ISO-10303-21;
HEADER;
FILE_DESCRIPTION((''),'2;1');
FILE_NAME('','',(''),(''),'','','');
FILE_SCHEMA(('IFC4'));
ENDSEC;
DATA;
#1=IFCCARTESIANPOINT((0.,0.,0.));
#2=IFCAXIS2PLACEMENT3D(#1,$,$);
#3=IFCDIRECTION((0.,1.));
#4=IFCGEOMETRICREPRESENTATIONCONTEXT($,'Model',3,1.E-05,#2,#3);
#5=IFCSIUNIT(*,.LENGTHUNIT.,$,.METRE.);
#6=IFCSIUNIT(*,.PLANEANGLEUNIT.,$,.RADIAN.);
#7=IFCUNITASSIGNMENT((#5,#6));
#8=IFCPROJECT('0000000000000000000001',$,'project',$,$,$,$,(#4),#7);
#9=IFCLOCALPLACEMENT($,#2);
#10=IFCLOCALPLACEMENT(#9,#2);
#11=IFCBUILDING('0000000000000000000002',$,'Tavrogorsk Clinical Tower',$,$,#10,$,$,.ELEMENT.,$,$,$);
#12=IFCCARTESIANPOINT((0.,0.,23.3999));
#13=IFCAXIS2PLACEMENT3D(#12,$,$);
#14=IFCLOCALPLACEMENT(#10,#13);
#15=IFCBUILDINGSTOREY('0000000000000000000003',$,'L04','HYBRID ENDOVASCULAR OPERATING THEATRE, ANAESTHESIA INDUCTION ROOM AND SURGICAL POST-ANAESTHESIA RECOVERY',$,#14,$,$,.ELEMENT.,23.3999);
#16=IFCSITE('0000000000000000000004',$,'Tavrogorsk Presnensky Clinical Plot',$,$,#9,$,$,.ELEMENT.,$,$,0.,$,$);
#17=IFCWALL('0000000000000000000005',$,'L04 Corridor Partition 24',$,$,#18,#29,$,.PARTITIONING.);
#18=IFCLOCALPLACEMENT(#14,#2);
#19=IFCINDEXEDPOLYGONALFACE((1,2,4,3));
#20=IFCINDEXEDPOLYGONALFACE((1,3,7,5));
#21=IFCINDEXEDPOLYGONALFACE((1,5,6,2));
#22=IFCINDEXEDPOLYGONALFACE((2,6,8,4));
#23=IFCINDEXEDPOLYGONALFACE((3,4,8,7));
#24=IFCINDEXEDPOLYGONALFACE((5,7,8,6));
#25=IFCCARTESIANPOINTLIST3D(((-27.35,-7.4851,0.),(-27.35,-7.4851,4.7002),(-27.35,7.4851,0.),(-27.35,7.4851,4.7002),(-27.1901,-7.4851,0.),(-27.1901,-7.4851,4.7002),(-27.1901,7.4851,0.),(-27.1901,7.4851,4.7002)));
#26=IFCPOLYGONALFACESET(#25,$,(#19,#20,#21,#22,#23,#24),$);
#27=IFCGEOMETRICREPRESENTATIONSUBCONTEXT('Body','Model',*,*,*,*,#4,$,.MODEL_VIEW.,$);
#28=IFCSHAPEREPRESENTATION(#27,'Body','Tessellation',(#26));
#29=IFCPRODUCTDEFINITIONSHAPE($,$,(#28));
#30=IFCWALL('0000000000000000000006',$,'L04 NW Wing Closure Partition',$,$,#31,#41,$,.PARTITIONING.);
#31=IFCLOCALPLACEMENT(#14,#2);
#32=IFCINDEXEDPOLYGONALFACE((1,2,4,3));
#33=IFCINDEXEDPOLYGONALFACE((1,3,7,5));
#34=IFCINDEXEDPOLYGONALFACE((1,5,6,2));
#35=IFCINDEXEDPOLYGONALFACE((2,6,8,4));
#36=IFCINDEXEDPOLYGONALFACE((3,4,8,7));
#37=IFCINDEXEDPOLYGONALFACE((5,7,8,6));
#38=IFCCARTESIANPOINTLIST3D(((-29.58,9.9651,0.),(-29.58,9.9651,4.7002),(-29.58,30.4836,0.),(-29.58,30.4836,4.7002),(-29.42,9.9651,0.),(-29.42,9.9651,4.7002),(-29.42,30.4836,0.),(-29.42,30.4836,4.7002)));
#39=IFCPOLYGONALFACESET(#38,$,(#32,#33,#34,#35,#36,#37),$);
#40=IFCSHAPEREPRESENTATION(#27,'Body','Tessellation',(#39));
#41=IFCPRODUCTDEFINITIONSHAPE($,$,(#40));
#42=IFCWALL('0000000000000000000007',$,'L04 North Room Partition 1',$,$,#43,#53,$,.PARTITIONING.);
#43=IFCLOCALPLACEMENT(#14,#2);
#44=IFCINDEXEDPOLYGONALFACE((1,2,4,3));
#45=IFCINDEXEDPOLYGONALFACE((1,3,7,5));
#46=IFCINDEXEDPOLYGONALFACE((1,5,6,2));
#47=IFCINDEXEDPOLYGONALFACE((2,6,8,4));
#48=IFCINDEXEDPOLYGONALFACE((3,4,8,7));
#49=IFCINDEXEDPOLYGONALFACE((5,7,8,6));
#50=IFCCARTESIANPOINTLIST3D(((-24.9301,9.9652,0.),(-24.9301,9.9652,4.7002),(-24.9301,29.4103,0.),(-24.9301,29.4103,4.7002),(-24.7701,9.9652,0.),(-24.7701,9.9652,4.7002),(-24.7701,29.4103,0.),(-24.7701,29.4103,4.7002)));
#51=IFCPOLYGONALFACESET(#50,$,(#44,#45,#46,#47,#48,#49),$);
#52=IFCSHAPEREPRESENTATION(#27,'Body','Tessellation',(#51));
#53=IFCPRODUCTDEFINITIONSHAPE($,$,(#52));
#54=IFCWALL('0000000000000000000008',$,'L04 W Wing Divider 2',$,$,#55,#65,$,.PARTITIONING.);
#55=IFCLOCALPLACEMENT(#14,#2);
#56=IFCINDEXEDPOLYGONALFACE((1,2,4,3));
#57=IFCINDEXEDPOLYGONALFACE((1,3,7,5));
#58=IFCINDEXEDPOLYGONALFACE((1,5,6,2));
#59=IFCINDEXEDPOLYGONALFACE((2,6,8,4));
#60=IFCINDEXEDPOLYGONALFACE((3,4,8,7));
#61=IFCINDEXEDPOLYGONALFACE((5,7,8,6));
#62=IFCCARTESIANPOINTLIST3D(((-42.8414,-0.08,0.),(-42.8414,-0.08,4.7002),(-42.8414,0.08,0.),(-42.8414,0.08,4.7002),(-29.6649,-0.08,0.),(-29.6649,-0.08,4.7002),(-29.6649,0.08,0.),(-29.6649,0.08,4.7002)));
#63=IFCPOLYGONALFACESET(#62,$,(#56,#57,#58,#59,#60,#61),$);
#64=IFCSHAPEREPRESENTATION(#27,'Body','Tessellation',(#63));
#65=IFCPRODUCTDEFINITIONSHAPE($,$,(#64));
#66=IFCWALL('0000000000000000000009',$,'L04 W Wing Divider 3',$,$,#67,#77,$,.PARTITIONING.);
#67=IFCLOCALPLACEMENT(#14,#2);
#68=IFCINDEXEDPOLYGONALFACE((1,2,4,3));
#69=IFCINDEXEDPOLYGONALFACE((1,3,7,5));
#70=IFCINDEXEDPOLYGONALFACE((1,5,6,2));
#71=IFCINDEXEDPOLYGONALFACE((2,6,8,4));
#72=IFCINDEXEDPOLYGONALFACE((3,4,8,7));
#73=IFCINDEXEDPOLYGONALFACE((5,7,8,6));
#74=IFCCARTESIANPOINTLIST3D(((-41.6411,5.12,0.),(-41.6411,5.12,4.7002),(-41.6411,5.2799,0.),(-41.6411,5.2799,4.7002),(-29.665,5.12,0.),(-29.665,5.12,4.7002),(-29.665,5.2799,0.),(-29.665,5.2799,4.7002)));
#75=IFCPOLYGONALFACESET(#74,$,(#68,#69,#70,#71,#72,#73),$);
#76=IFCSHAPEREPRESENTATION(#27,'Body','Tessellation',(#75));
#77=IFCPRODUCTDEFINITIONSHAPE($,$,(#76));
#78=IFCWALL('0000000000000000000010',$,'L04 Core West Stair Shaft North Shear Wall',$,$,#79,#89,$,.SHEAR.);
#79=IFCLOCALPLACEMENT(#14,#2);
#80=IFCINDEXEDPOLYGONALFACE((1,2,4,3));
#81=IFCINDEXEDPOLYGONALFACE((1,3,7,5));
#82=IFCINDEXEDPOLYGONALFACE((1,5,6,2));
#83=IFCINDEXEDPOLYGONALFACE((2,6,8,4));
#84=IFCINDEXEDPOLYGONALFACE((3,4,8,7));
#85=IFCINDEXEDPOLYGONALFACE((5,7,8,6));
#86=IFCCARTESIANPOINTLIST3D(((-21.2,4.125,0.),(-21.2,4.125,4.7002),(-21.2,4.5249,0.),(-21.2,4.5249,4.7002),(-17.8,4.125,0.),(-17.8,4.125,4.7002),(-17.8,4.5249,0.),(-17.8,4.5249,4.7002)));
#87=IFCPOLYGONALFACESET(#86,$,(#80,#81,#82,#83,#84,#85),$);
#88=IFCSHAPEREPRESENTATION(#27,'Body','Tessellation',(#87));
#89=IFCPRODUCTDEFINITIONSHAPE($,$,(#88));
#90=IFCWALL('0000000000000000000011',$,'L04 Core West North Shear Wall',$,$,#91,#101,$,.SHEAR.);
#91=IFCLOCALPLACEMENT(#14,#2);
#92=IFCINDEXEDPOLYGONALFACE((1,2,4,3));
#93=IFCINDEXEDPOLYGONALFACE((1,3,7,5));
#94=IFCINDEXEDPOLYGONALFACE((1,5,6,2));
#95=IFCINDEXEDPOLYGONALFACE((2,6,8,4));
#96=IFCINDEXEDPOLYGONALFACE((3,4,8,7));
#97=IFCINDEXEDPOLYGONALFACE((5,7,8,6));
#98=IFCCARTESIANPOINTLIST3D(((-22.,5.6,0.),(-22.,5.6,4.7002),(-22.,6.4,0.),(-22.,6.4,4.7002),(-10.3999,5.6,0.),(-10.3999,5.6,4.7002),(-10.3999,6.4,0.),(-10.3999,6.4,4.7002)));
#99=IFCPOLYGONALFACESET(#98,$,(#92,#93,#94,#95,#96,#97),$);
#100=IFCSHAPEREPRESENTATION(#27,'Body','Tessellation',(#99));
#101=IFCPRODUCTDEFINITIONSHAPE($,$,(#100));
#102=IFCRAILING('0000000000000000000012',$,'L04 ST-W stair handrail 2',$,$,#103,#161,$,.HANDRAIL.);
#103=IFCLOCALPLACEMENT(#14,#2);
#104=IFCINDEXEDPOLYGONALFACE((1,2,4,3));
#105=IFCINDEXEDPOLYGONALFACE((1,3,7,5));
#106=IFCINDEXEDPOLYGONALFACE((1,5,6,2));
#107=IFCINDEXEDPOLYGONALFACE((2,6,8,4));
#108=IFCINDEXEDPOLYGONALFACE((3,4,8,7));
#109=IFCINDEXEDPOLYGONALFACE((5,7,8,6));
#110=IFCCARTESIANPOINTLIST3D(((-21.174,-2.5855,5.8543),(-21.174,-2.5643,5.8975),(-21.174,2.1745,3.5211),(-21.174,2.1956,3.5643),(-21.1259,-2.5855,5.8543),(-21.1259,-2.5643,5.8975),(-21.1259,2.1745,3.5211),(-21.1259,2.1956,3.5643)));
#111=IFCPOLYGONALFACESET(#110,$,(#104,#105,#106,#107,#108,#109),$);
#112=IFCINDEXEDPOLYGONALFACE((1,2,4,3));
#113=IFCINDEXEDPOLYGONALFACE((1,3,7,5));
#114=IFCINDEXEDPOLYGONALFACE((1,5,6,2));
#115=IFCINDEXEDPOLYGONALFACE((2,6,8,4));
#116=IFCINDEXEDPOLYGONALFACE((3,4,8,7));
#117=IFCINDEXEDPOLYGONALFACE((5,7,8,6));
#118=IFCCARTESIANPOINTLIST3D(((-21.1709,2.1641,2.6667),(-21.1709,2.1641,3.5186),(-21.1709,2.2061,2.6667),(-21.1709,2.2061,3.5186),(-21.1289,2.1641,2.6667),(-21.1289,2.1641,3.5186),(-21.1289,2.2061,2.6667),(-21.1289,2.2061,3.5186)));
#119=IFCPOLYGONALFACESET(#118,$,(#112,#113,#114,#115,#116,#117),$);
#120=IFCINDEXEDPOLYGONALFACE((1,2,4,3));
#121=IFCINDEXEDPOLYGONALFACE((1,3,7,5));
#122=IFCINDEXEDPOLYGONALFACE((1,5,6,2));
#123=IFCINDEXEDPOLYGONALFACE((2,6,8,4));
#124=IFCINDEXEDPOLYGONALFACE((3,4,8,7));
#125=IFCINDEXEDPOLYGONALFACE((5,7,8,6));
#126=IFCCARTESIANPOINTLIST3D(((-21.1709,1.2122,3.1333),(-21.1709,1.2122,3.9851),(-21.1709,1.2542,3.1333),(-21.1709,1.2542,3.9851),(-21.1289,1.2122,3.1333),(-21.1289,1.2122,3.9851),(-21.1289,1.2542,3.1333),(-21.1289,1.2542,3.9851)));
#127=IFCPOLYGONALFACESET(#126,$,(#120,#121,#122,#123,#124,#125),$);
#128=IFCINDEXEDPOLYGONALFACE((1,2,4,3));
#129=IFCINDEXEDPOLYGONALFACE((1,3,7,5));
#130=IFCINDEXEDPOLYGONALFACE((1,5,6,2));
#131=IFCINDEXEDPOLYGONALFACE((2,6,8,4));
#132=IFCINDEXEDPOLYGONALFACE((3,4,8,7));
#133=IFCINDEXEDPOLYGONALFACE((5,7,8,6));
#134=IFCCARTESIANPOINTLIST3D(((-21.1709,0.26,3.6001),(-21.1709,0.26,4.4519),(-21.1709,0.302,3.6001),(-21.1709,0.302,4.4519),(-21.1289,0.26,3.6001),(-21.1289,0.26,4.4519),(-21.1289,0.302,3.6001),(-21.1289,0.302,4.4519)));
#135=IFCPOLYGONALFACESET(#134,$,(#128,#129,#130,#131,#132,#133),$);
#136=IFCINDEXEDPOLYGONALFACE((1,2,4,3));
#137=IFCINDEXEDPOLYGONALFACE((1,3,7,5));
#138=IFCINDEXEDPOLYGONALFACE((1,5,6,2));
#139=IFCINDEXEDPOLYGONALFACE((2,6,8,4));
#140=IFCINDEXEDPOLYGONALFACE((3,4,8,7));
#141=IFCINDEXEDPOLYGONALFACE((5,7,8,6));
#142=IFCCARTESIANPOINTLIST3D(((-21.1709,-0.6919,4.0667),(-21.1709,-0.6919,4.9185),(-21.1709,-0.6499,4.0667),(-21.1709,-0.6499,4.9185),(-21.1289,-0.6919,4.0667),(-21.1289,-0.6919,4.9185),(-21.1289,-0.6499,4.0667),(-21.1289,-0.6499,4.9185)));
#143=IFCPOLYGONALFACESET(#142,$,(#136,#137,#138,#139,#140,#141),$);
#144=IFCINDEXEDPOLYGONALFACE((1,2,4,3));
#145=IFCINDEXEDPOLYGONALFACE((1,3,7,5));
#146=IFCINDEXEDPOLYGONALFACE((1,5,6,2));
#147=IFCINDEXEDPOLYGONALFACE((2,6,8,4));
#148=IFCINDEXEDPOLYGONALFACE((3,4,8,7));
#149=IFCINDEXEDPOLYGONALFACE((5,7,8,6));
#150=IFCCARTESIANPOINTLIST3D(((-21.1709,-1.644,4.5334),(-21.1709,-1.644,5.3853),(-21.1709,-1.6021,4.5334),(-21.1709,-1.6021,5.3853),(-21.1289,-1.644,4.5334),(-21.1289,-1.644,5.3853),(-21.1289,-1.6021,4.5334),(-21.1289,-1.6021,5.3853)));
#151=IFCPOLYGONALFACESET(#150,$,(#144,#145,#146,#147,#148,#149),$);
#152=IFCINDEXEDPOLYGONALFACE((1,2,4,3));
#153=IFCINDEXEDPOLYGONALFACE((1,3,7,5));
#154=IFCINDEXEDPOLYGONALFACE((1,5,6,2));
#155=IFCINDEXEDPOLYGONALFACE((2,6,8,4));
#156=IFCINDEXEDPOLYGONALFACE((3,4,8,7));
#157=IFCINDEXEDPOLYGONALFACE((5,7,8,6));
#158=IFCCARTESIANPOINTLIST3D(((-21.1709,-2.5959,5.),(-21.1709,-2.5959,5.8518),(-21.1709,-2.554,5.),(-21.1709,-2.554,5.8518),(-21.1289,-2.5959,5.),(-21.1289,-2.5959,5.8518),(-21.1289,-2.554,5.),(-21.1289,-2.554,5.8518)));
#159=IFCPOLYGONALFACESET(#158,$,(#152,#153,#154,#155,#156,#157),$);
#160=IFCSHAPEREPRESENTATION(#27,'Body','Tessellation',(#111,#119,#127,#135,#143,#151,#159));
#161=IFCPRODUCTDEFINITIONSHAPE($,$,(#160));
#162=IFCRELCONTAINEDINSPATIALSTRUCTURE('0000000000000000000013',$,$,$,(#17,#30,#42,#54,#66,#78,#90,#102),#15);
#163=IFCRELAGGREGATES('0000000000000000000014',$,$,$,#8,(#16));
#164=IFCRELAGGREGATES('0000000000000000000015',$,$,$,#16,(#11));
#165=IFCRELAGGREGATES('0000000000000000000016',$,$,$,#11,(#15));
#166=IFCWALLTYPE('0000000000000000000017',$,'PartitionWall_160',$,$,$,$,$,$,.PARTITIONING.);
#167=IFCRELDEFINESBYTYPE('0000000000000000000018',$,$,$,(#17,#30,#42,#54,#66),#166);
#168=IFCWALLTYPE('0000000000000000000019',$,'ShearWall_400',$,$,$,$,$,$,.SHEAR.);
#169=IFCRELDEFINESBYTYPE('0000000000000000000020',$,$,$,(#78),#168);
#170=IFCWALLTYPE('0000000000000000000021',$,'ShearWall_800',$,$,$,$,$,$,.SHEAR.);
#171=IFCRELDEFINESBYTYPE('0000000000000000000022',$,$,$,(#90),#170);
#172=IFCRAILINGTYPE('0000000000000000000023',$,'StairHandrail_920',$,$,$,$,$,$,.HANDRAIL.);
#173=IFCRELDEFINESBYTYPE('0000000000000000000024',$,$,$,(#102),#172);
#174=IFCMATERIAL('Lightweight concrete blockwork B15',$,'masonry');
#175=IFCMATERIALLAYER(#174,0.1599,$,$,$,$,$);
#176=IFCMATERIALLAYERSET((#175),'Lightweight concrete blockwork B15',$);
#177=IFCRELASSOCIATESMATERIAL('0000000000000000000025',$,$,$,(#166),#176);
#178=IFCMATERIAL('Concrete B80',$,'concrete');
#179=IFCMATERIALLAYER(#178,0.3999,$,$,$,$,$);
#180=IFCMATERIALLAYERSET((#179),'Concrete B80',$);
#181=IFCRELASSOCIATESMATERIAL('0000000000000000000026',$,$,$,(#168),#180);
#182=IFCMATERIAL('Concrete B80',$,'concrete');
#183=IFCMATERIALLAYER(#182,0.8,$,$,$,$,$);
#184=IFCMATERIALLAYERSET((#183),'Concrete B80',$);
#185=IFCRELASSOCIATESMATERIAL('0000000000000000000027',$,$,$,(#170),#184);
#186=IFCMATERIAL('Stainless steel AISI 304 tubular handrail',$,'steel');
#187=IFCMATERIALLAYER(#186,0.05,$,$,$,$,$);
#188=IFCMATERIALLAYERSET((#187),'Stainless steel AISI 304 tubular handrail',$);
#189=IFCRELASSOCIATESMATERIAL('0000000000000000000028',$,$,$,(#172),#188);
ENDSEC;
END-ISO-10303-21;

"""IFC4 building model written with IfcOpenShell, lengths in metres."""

from ifc_helpers import new_model, si_unit, direction, frame, frame_2d, origin, origin_2d, place, context, subcontext, project, spatial, rectangle, extrude, material, layer, layer_set, type_object, element, save


model = new_model("IFC4")

# Units and contexts
model_context = context("Model", 3, precision=1e-05, world=origin(), true_north=direction((0.0, 1.0)))
body_context = subcontext(model_context, "Body", "Model", "MODEL_VIEW")
ifc_project = project(units=[si_unit("LENGTHUNIT", "METRE"), si_unit("PLANEANGLEUNIT", "RADIAN")], contexts=[model_context])

# Site, building, storey
site_placement = place(None, origin())
site = spatial("IfcSite", under=ifc_project, at=site_placement, Name="Tavrogorsk Presnensky Clinical Plot", CompositionType="ELEMENT", RefElevation=0.0)
building_placement = place(site_placement, origin())
building = spatial("IfcBuilding", under=site, at=building_placement, Name="Tavrogorsk Clinical Tower", CompositionType="ELEMENT")
storey_placement = place(building_placement, frame((0.0, 0.0, 23.3999)))
storey = spatial("IfcBuildingStorey", under=building, at=storey_placement, Name="L04", Description="HYBRID ENDOVASCULAR OPERATING THEATRE, ANAESTHESIA INDUCTION ROOM AND SURGICAL POST-ANAESTHESIA RECOVERY", CompositionType="ELEMENT", Elevation=23.3999)

# Shared definitions
ifc_material_1 = material(Name="Lightweight concrete blockwork B15", Category="masonry")
ifc_layer_1 = layer(ifc_material_1, 0.1599)
ifc_layer_set_1 = layer_set([ifc_layer_1], Name="Lightweight concrete blockwork B15")
wall_type_1 = type_object("IfcWallType", Name="PartitionWall_160", PredefinedType="PARTITIONING", material=ifc_layer_set_1)

# Walls
wall_1_placement = place(storey_placement, frame((-27.27, 7.4851, 0.0), z_axis=(0.0, 0.0, 1.0), x_axis=(0.0, -1.0, 0.0)))
element("IfcWall", 1, at=wall_1_placement, inside=storey, type_object=wall_type_1, Name="L04 Corridor Partition 24", PredefinedType="PARTITIONING", context=body_context, shape_type="SweptSolid", body=[
    extrude(rectangle(XDim=14.9702, YDim=0.1599, at=frame_2d((7.4851, 0.0))), origin(), (0.0, 0.0, 1.0), 4.7002),
])
wall_2_placement = place(storey_placement, frame((-29.5, 9.9651, 0.0), z_axis=(0.0, 0.0, 1.0), x_axis=(0.0, 1.0, 0.0)))
element("IfcWall", 2, at=wall_2_placement, inside=storey, type_object=wall_type_1, Name="L04 NW Wing Closure Partition", PredefinedType="PARTITIONING", context=body_context, shape_type="SweptSolid", body=[
    extrude(rectangle(XDim=20.5186, YDim=0.1599, at=frame_2d((10.2593, 0.0))), origin(), (0.0, 0.0, 1.0), 4.7002),
])
wall_3_placement = place(storey_placement, frame((-24.8501, 9.9651, 0.0), z_axis=(0.0, 0.0, 1.0), x_axis=(0.0, 1.0, 0.0)))
element("IfcWall", 3, at=wall_3_placement, inside=storey, type_object=wall_type_1, Name="L04 North Room Partition 1", PredefinedType="PARTITIONING", context=body_context, shape_type="SweptSolid", body=[
    extrude(rectangle(XDim=19.4451, YDim=0.1599, at=frame_2d((9.7227, 0.0))), origin(), (0.0, 0.0, 1.0), 4.7002),
])
wall_4_placement = place(storey_placement, frame((-42.8416, 0.0, 0.0), z_axis=(0.0, 0.0, 1.0), x_axis=(1.0, 0.0, 0.0)))
element("IfcWall", 4, at=wall_4_placement, inside=storey, type_object=wall_type_1, Name="L04 W Wing Divider 2", PredefinedType="PARTITIONING", context=body_context, shape_type="SweptSolid", body=[
    extrude(rectangle(XDim=13.1765, YDim=0.1599, at=frame_2d((6.5884, 0.0))), origin(), (0.0, 0.0, 1.0), 4.7002),
])
wall_5_placement = place(storey_placement, frame((-41.6411, 5.2, 0.0), z_axis=(0.0, 0.0, 1.0), x_axis=(1.0, 0.0, 0.0)))
element("IfcWall", 5, at=wall_5_placement, inside=storey, type_object=wall_type_1, Name="L04 W Wing Divider 3", PredefinedType="PARTITIONING", context=body_context, shape_type="SweptSolid", body=[
    extrude(rectangle(XDim=11.9761, YDim=0.1599, at=frame_2d((5.988, 0.0))), origin(), (0.0, 0.0, 1.0), 4.7002),
])
ifc_material_2 = material(Name="Concrete B80", Category="concrete")
ifc_layer_2 = layer(ifc_material_2, 0.3999)
ifc_layer_set_2 = layer_set([ifc_layer_2], Name="Concrete B80")
wall_type_2 = type_object("IfcWallType", Name="ShearWall_400", PredefinedType="SHEAR", material=ifc_layer_set_2)
wall_6_placement = place(storey_placement, frame((-21.2, 4.325, 0.0), z_axis=(0.0, 0.0, 1.0), x_axis=(1.0, 0.0, 0.0)))
element("IfcWall", 6, at=wall_6_placement, inside=storey, type_object=wall_type_2, Name="L04 Core West Stair Shaft North Shear Wall", PredefinedType="SHEAR", context=body_context, shape_type="SweptSolid", body=[
    extrude(rectangle(XDim=3.3999, YDim=0.3999, at=frame_2d((1.7, 0.0))), origin(), (0.0, 0.0, 1.0), 4.7002),
])
ifc_material_3 = material(Name="Concrete B80", Category="concrete")
ifc_layer_3 = layer(ifc_material_3, 0.8)
ifc_layer_set_3 = layer_set([ifc_layer_3], Name="Concrete B80")
wall_type_3 = type_object("IfcWallType", Name="ShearWall_800", PredefinedType="SHEAR", material=ifc_layer_set_3)
wall_7_placement = place(storey_placement, frame((-22.0, 6.0, 0.0), z_axis=(0.0, 0.0, 1.0), x_axis=(1.0, 0.0, 0.0)))
element("IfcWall", 7, at=wall_7_placement, inside=storey, type_object=wall_type_3, Name="L04 Core West North Shear Wall", PredefinedType="SHEAR", context=body_context, shape_type="SweptSolid", body=[
    extrude(rectangle(XDim=11.6001, YDim=0.8, at=frame_2d((5.8, 0.0))), origin(), (0.0, 0.0, 1.0), 4.7002),
])

# Railing
ifc_material_4 = material(Name="Stainless steel AISI 304 tubular handrail", Category="steel")
ifc_layer_4 = layer(ifc_material_4, 0.05)
ifc_layer_set_4 = layer_set([ifc_layer_4], Name="Stainless steel AISI 304 tubular handrail")
railing_type = type_object("IfcRailingType", Name="StairHandrail_920", PredefinedType="HANDRAIL", material=ifc_layer_set_4)
railing_placement = place(storey_placement, frame((-21.1499, 2.1851, 2.6667)))
element("IfcRailing", 8, at=railing_placement, inside=storey, type_object=railing_type, Name="L04 ST-W stair handrail 2", PredefinedType="HANDRAIL", context=body_context, shape_type="SweptSolid", body=[
    extrude(rectangle(XDim=0.0481, YDim=0.0481, at=origin_2d()), frame((0.0, 0.0, 0.876), z_axis=(0.0, -0.897927, 0.440144), x_axis=(1.0, 0.0, 0.0)), (0.0, 0.0, 1.0), 5.301),
    extrude(rectangle(XDim=0.042, YDim=0.042, at=origin_2d()), origin(), (0.0, 0.0, 1.0), 0.8518),
    extrude(rectangle(XDim=0.042, YDim=0.042, at=origin_2d()), frame((0.0, -0.9519, 0.4666)), (0.0, 0.0, 1.0), 0.8518),
    extrude(rectangle(XDim=0.042, YDim=0.042, at=origin_2d()), frame((0.0, -1.9041, 0.9333)), (0.0, 0.0, 1.0), 0.8518),
    extrude(rectangle(XDim=0.042, YDim=0.042, at=origin_2d()), frame((0.0, -2.856, 1.3999)), (0.0, 0.0, 1.0), 0.8518),
    extrude(rectangle(XDim=0.042, YDim=0.042, at=origin_2d()), frame((0.0, -3.8081, 1.8667)), (0.0, 0.0, 1.0), 0.8518),
    extrude(rectangle(XDim=0.042, YDim=0.042, at=origin_2d()), frame((0.0, -4.76, 2.3333)), (0.0, 0.0, 1.0), 0.8518),
])

save(model, "model.ifc")
